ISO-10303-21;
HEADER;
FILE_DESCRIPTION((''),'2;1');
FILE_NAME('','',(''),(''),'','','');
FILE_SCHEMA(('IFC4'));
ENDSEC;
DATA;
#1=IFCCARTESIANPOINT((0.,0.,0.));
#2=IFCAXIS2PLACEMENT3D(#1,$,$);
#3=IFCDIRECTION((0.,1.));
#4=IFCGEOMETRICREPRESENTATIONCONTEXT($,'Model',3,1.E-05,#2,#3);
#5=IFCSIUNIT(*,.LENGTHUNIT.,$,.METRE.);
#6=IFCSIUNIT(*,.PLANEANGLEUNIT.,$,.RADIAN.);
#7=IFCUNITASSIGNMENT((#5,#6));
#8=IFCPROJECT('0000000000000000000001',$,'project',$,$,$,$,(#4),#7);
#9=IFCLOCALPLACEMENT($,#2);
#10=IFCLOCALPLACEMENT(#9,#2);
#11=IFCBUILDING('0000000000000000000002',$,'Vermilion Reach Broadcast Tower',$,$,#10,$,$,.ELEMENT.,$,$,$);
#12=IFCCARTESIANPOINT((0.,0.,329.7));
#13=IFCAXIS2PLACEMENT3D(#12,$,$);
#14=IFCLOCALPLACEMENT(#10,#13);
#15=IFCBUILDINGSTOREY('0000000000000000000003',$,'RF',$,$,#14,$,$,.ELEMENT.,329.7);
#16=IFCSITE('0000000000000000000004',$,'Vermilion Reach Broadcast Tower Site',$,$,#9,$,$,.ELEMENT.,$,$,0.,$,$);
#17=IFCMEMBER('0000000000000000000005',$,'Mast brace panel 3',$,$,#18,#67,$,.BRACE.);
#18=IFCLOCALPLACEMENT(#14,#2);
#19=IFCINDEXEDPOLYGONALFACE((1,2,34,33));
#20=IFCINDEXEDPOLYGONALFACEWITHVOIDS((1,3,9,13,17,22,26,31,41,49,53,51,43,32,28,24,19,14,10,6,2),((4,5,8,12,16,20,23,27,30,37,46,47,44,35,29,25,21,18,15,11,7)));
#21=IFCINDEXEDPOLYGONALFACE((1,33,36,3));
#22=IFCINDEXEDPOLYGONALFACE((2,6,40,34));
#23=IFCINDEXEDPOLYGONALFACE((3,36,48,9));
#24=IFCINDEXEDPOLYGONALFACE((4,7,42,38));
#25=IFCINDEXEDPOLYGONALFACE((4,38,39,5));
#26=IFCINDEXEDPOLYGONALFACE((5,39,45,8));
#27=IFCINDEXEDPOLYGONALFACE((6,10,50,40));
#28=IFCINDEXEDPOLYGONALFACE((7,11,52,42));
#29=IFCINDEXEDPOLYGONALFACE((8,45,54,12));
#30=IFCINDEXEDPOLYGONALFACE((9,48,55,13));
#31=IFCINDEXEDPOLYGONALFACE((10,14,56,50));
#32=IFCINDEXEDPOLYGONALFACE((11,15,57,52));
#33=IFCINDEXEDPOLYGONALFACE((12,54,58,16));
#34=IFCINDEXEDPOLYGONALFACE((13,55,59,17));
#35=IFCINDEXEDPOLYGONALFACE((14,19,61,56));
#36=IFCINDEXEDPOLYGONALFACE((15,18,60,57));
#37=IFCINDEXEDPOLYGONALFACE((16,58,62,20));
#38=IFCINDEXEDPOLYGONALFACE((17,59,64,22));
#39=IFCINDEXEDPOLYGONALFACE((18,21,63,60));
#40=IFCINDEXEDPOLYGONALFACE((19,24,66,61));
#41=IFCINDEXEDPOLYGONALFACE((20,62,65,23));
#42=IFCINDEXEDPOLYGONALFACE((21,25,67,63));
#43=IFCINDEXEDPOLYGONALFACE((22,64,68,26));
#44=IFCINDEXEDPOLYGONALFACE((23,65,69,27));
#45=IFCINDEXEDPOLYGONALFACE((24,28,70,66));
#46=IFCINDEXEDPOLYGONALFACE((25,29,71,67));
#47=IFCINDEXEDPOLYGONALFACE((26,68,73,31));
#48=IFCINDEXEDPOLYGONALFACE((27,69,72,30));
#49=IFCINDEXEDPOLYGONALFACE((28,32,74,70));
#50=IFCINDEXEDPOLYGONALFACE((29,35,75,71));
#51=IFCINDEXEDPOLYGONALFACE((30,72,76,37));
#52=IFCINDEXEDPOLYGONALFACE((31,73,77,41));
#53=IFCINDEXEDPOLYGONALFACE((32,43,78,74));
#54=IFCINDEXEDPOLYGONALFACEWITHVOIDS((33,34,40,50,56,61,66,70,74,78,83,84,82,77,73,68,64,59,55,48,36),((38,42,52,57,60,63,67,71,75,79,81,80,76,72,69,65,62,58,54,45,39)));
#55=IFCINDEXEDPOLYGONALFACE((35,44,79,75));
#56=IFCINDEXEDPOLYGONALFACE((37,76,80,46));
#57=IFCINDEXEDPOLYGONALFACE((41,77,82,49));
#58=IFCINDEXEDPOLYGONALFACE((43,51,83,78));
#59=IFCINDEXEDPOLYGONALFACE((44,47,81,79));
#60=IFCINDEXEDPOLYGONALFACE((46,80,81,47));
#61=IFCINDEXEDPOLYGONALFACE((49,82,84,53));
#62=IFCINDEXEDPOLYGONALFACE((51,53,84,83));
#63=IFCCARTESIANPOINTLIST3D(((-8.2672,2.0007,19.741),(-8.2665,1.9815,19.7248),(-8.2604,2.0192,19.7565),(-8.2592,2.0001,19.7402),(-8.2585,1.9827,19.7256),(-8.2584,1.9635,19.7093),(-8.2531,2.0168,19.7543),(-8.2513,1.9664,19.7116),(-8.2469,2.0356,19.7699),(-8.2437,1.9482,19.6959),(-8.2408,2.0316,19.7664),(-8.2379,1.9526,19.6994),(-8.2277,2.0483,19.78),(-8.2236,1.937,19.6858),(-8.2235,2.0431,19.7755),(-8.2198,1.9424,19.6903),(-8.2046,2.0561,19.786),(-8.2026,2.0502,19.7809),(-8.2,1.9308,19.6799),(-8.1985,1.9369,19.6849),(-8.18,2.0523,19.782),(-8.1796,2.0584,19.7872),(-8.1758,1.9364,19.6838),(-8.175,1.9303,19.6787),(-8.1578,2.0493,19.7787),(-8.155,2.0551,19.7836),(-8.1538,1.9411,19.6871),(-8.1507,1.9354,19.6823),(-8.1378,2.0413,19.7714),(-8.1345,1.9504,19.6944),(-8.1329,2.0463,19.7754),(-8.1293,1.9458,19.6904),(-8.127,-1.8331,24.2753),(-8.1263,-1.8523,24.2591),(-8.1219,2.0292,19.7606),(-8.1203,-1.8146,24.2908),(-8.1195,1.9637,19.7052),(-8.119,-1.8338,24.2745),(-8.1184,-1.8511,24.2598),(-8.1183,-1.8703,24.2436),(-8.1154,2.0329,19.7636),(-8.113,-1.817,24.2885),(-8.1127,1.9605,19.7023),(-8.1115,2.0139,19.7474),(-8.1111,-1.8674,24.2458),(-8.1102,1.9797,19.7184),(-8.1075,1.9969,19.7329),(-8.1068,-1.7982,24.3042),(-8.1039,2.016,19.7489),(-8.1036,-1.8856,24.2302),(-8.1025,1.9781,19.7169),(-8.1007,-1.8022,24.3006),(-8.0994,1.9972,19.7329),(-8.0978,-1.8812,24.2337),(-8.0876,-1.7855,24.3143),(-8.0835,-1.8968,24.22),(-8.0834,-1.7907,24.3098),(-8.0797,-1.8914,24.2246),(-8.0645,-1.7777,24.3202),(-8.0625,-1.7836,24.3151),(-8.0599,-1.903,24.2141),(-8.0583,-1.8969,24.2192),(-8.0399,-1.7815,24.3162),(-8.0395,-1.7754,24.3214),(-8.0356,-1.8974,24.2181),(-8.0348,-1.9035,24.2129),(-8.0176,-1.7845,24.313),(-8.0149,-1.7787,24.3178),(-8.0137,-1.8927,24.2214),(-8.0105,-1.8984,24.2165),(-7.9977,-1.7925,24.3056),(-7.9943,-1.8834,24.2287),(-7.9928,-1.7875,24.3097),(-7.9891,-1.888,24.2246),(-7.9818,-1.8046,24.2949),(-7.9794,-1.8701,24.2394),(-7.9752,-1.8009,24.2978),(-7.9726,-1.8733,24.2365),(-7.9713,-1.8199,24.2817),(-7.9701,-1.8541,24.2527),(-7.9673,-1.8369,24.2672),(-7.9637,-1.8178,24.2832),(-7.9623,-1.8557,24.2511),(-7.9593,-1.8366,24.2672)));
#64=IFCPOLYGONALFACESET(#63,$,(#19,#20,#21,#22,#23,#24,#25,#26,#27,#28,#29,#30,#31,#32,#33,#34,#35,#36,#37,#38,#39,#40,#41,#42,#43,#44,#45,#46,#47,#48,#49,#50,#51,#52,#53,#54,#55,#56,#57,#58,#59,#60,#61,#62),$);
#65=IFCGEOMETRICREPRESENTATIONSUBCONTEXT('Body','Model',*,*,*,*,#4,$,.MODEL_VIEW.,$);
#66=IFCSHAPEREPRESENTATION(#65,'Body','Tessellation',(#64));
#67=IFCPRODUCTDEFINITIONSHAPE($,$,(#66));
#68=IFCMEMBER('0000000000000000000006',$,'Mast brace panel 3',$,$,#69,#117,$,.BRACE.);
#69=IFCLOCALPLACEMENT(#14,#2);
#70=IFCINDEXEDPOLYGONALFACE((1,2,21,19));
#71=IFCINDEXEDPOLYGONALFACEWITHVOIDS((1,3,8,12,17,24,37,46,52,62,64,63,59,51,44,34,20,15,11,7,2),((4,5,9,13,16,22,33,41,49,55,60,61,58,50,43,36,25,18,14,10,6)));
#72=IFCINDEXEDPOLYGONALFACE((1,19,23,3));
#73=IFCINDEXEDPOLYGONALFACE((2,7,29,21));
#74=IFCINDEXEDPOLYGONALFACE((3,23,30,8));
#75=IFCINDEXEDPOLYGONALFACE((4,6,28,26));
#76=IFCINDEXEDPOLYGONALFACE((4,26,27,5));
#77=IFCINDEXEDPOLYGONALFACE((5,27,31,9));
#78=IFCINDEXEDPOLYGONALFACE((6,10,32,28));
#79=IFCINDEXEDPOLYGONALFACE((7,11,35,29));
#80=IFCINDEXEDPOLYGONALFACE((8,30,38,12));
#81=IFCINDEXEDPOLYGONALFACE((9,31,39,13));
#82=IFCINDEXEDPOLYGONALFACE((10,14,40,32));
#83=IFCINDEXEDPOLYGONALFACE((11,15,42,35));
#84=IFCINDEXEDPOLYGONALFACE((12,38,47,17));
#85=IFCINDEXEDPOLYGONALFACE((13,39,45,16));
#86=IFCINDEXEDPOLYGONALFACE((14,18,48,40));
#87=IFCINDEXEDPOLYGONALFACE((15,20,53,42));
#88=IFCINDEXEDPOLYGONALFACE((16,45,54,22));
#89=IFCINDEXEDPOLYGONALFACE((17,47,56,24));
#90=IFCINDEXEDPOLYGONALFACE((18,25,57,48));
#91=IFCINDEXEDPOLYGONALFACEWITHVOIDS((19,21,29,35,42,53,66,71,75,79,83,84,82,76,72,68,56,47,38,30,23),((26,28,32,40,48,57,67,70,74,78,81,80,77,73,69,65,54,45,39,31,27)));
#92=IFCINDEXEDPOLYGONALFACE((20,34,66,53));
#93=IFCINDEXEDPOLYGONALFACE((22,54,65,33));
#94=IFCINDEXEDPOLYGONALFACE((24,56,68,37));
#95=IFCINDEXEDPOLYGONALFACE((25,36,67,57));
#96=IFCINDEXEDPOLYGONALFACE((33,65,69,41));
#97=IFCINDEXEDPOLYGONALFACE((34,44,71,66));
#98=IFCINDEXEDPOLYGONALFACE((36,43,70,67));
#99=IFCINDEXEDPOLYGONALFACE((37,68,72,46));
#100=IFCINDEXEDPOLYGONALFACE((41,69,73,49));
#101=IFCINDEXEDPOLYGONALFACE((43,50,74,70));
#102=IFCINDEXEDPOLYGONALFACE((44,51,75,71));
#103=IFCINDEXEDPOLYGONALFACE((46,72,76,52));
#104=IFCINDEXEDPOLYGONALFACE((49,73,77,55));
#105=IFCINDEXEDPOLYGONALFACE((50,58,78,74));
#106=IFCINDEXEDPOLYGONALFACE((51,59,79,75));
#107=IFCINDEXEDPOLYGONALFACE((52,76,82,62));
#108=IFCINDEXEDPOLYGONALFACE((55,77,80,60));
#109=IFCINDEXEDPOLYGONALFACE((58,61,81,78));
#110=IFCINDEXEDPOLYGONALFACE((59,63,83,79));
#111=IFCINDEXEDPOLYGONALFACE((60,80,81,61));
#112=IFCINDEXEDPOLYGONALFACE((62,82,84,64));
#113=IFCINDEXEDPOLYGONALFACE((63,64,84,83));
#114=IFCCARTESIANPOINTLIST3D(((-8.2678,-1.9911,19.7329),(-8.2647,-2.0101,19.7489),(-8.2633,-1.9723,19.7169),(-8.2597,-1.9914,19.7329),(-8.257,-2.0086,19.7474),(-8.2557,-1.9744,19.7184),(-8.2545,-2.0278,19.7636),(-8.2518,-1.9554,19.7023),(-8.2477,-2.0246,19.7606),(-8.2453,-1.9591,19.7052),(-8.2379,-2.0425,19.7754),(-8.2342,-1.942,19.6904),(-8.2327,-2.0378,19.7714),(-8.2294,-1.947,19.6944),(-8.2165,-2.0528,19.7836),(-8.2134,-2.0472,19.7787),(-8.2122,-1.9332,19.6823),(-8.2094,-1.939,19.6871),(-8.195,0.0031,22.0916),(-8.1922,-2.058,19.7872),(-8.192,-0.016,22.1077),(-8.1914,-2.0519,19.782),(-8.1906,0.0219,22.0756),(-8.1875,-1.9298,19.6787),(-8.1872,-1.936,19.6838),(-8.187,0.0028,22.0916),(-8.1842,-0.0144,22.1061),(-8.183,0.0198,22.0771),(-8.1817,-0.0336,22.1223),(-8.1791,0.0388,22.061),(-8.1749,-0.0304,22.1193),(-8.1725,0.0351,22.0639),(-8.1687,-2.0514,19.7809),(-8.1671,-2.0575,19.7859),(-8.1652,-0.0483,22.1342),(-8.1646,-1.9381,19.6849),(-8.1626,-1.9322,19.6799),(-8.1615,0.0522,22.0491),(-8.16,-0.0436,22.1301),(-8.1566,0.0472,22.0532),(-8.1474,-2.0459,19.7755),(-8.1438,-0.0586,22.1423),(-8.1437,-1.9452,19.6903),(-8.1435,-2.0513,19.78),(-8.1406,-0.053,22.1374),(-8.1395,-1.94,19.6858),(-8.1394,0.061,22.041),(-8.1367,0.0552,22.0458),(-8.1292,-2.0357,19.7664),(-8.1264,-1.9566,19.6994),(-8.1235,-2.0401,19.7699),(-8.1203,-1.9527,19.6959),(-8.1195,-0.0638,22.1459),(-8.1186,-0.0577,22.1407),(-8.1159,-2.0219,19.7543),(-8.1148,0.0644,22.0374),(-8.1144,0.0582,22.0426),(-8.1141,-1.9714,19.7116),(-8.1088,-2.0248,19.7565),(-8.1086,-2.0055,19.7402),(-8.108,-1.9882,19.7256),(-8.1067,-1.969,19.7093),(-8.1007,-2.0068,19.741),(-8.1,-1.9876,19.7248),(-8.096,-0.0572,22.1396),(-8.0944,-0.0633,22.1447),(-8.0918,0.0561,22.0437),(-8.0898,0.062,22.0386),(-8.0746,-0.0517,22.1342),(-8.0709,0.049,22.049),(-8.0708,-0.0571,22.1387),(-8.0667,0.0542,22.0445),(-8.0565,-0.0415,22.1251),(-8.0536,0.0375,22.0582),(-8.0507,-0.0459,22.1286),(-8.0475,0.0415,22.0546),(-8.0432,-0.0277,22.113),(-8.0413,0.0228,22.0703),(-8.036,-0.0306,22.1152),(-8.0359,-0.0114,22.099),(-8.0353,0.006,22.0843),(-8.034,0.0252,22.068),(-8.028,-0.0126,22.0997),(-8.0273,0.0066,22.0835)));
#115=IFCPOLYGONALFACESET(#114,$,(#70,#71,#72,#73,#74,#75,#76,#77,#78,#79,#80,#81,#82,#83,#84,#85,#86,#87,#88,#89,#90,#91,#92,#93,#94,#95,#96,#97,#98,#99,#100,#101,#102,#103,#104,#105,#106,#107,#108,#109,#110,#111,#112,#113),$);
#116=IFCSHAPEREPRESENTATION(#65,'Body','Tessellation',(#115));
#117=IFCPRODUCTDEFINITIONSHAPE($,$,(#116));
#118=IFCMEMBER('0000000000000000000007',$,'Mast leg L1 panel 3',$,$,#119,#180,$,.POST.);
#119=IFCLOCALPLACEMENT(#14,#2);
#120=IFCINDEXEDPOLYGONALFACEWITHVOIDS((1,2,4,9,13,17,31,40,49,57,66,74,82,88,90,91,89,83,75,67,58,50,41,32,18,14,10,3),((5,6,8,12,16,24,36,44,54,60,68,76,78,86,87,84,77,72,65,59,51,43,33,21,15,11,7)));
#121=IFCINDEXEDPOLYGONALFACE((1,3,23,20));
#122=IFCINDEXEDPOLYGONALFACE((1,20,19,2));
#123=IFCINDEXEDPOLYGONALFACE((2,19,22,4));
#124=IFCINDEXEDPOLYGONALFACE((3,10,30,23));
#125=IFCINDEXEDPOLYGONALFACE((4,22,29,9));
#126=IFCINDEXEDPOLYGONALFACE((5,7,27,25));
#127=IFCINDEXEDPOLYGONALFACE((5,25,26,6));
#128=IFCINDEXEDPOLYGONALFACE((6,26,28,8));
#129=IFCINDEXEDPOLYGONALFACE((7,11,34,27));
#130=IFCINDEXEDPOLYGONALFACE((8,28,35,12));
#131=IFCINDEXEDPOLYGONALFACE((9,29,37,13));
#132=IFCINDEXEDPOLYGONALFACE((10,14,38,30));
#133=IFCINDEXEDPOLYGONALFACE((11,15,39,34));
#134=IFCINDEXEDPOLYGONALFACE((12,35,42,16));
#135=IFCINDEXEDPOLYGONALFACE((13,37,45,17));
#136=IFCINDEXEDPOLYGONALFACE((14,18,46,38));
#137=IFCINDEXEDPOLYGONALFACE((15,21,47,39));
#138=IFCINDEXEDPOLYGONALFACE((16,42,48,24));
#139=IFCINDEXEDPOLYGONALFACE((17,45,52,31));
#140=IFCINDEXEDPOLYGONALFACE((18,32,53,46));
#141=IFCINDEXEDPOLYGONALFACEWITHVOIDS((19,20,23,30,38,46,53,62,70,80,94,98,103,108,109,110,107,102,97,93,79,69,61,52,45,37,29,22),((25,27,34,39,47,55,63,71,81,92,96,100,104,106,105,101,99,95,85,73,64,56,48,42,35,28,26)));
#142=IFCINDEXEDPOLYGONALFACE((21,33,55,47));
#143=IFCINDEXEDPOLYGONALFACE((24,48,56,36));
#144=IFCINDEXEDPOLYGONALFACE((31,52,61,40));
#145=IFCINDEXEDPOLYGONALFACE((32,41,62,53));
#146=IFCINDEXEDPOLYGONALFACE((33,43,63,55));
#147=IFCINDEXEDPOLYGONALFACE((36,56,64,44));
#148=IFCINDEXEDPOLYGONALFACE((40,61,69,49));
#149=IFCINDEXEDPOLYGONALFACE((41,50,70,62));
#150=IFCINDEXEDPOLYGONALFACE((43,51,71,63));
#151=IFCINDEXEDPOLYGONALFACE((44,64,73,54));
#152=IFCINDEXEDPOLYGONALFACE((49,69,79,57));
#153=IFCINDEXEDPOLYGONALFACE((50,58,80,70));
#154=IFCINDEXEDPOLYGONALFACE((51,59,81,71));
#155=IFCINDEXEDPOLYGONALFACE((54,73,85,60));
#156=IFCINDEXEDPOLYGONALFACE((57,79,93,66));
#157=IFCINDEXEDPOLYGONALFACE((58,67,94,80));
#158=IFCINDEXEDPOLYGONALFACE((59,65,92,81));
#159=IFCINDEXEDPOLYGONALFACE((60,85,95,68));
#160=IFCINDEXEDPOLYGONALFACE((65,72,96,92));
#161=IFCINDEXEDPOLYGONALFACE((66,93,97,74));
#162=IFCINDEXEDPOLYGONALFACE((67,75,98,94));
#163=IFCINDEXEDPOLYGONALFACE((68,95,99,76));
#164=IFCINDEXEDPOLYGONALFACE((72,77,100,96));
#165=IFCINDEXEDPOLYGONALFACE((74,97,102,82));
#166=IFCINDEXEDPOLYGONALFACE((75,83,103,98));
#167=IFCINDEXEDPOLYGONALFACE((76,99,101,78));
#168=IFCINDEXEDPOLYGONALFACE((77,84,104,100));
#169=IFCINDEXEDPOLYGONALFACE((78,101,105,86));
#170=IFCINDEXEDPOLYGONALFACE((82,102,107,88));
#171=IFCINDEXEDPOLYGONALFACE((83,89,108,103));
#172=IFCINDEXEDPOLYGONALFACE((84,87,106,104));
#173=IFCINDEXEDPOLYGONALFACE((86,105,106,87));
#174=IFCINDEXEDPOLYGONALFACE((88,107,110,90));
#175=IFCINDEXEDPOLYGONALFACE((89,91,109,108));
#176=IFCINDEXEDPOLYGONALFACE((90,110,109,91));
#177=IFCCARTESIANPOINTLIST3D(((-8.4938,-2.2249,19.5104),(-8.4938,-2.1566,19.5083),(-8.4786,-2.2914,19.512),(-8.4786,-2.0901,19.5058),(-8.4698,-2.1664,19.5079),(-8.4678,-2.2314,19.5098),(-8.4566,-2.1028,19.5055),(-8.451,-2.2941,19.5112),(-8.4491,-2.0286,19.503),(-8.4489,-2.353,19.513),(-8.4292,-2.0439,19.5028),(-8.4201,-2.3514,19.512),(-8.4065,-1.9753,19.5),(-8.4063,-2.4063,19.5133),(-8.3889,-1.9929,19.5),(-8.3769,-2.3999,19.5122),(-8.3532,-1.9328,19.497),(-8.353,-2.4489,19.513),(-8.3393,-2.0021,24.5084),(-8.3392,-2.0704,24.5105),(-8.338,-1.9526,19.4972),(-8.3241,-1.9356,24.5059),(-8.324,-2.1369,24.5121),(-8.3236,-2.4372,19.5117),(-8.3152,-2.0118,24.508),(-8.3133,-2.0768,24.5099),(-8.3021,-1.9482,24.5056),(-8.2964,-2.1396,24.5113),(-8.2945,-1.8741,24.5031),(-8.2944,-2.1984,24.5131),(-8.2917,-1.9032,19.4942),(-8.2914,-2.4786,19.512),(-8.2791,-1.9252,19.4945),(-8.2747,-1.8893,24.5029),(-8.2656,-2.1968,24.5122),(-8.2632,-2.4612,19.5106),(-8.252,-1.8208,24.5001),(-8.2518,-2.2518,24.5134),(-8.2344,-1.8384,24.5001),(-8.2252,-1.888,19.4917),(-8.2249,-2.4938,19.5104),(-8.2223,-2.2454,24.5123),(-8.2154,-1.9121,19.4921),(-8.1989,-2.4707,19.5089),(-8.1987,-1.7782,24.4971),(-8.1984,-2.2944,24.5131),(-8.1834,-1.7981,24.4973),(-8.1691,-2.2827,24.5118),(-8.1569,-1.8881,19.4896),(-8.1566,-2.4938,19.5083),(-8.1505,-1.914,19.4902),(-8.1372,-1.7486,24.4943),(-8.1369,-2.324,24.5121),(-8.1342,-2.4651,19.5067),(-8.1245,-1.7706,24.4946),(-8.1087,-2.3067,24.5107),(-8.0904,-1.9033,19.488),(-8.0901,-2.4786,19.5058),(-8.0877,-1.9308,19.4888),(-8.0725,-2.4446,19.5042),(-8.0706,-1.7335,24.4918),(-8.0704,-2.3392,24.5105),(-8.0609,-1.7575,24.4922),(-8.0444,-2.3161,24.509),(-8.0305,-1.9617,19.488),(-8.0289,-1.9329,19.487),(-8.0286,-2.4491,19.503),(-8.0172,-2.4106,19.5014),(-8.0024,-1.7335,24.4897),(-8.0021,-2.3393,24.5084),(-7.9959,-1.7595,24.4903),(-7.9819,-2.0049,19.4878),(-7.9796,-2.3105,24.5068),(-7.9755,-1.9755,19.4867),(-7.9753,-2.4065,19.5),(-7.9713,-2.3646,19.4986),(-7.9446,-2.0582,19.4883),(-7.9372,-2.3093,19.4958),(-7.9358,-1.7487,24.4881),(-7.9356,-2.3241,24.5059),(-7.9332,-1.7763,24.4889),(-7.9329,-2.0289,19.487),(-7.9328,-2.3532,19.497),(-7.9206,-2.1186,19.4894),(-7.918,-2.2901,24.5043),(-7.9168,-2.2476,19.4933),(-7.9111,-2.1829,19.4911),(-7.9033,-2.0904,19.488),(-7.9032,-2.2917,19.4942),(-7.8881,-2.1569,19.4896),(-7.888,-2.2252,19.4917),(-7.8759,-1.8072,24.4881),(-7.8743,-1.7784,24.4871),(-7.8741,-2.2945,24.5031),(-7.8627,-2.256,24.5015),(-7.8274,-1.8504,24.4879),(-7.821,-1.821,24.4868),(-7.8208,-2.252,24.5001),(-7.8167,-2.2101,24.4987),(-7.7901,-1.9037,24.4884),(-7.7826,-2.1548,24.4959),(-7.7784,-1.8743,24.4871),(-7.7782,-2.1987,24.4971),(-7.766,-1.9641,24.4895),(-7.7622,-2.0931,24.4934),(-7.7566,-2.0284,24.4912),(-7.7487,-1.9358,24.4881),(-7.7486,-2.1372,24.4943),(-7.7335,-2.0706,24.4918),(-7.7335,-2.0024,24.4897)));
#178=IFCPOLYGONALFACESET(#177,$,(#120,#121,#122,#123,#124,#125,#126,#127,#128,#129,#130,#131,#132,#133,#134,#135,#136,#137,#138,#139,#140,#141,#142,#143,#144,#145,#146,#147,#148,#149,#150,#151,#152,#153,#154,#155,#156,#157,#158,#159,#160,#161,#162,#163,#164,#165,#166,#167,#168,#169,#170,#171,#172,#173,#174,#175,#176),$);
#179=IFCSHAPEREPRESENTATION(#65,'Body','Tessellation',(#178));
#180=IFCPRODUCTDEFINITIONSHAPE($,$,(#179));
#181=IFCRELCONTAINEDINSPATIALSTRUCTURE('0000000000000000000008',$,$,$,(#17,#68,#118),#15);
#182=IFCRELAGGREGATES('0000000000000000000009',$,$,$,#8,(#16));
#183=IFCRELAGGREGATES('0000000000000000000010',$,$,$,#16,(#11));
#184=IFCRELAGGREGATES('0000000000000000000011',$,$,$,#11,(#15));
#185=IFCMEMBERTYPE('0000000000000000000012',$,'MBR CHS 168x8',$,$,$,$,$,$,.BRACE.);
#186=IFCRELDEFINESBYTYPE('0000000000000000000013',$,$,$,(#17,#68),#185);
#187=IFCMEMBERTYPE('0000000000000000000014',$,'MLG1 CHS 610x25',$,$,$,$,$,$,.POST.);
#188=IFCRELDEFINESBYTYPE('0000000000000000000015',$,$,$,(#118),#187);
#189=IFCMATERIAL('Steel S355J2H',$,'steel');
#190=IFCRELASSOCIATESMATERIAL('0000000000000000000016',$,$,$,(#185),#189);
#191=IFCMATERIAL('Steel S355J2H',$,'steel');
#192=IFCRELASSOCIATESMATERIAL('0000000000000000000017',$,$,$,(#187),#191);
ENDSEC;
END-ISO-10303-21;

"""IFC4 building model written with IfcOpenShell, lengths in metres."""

from ifc_helpers import new_model, si_unit, direction, frame, origin, origin_2d, place, context, subcontext, project, spatial, hollow_circle, extrude, material, material_profile, profile_set, type_object, element, save


model = new_model("IFC4")

# Units and contexts
model_context = context("Model", 3, precision=1e-05, world=origin(), true_north=direction((0.0, 1.0)))
body_context = subcontext(model_context, "Body", "Model", "MODEL_VIEW")
ifc_project = project(units=[si_unit("LENGTHUNIT", "METRE"), si_unit("PLANEANGLEUNIT", "RADIAN")], contexts=[model_context])

# Site, building, storey
site_placement = place(None, origin())
site = spatial("IfcSite", under=ifc_project, at=site_placement, Name="Vermilion Reach Broadcast Tower Site", CompositionType="ELEMENT", RefElevation=0.0)
building_placement = place(site_placement, origin())
building = spatial("IfcBuilding", under=site, at=building_placement, Name="Vermilion Reach Broadcast Tower", CompositionType="ELEMENT")
storey_placement = place(building_placement, frame((0.0, 0.0, 329.7)))
storey = spatial("IfcBuildingStorey", under=building, at=storey_placement, Name="RF", CompositionType="ELEMENT", Elevation=329.7)

# Members
ifc_material_1 = material(Name="Steel S355J2H", Category="steel")
ifc_material_profile_1 = material_profile(ifc_material_1, hollow_circle(Radius=0.0842, WallThickness=0.0081, at=origin_2d()), Name="S355J2H CHS 168x8")
ifc_profile_set_1 = profile_set([ifc_material_profile_1], Name="Steel S355J2H")
member_type_1 = type_object("IfcMemberType", Name="MBR CHS 168x8", PredefinedType="BRACE", material=ifc_profile_set_1)
member_1_placement = place(storey_placement, frame((-8.1836, 1.9941, 19.7329), z_axis=(0.023595, -0.64548, 0.763412), x_axis=(0.999333, 0.036529, 0.0)))
element("IfcMember", 1, at=member_1_placement, inside=storey, type_object=member_type_1, Name="Mast brace panel 3", PredefinedType="BRACE", context=body_context, shape_type="SweptSolid", body=[
    extrude(hollow_circle(Radius=0.0842, WallThickness=0.0081, at=origin_2d()), origin(), (0.0, 0.0, 1.0), 5.9395),
])
member_2_placement = place(storey_placement, frame((-8.1836, -1.9941, 19.7329), z_axis=(0.023549, 0.645455, 0.763435), x_axis=(-0.999335, 0.03646, 0.0)))
element("IfcMember", 2, at=member_2_placement, inside=storey, type_object=member_type_1, Name="Mast brace panel 3", PredefinedType="BRACE", context=body_context, shape_type="SweptSolid", body=[
    extrude(hollow_circle(Radius=0.0842, WallThickness=0.0081, at=origin_2d()), origin(), (0.0, 0.0, 1.0), 3.0896),
])
ifc_material_2 = material(Name="Steel S355J2H", Category="steel")
ifc_material_profile_2 = material_profile(ifc_material_2, hollow_circle(Radius=0.3049, WallThickness=0.0249, at=origin_2d()), Name="S355J2H CHS 610x25")
ifc_profile_set_2 = profile_set([ifc_material_profile_2], Name="Steel S355J2H")
member_type_2 = type_object("IfcMemberType", Name="MLG1 CHS 610x25", PredefinedType="POST", material=ifc_profile_set_2)
for number, where, z_axis, x_axis, name in (
    (3, (-8.1909, -2.1909, 19.5), (0.030879, 0.030879, 0.999046), (-0.707107, 0.707107, 0.0), "Mast leg L1 panel 3"),
):
    element("IfcMember", number, at=place(storey_placement, frame(where, z_axis=z_axis, x_axis=x_axis)), inside=storey, type_object=member_type_2, Name=name, PredefinedType="POST", context=body_context, shape_type="SweptSolid", body=[
        extrude(hollow_circle(Radius=0.3049, WallThickness=0.0249, at=origin_2d()), origin(), (0.0, 0.0, 1.0), 5.0049),
    ])

save(model, "model.ifc")
